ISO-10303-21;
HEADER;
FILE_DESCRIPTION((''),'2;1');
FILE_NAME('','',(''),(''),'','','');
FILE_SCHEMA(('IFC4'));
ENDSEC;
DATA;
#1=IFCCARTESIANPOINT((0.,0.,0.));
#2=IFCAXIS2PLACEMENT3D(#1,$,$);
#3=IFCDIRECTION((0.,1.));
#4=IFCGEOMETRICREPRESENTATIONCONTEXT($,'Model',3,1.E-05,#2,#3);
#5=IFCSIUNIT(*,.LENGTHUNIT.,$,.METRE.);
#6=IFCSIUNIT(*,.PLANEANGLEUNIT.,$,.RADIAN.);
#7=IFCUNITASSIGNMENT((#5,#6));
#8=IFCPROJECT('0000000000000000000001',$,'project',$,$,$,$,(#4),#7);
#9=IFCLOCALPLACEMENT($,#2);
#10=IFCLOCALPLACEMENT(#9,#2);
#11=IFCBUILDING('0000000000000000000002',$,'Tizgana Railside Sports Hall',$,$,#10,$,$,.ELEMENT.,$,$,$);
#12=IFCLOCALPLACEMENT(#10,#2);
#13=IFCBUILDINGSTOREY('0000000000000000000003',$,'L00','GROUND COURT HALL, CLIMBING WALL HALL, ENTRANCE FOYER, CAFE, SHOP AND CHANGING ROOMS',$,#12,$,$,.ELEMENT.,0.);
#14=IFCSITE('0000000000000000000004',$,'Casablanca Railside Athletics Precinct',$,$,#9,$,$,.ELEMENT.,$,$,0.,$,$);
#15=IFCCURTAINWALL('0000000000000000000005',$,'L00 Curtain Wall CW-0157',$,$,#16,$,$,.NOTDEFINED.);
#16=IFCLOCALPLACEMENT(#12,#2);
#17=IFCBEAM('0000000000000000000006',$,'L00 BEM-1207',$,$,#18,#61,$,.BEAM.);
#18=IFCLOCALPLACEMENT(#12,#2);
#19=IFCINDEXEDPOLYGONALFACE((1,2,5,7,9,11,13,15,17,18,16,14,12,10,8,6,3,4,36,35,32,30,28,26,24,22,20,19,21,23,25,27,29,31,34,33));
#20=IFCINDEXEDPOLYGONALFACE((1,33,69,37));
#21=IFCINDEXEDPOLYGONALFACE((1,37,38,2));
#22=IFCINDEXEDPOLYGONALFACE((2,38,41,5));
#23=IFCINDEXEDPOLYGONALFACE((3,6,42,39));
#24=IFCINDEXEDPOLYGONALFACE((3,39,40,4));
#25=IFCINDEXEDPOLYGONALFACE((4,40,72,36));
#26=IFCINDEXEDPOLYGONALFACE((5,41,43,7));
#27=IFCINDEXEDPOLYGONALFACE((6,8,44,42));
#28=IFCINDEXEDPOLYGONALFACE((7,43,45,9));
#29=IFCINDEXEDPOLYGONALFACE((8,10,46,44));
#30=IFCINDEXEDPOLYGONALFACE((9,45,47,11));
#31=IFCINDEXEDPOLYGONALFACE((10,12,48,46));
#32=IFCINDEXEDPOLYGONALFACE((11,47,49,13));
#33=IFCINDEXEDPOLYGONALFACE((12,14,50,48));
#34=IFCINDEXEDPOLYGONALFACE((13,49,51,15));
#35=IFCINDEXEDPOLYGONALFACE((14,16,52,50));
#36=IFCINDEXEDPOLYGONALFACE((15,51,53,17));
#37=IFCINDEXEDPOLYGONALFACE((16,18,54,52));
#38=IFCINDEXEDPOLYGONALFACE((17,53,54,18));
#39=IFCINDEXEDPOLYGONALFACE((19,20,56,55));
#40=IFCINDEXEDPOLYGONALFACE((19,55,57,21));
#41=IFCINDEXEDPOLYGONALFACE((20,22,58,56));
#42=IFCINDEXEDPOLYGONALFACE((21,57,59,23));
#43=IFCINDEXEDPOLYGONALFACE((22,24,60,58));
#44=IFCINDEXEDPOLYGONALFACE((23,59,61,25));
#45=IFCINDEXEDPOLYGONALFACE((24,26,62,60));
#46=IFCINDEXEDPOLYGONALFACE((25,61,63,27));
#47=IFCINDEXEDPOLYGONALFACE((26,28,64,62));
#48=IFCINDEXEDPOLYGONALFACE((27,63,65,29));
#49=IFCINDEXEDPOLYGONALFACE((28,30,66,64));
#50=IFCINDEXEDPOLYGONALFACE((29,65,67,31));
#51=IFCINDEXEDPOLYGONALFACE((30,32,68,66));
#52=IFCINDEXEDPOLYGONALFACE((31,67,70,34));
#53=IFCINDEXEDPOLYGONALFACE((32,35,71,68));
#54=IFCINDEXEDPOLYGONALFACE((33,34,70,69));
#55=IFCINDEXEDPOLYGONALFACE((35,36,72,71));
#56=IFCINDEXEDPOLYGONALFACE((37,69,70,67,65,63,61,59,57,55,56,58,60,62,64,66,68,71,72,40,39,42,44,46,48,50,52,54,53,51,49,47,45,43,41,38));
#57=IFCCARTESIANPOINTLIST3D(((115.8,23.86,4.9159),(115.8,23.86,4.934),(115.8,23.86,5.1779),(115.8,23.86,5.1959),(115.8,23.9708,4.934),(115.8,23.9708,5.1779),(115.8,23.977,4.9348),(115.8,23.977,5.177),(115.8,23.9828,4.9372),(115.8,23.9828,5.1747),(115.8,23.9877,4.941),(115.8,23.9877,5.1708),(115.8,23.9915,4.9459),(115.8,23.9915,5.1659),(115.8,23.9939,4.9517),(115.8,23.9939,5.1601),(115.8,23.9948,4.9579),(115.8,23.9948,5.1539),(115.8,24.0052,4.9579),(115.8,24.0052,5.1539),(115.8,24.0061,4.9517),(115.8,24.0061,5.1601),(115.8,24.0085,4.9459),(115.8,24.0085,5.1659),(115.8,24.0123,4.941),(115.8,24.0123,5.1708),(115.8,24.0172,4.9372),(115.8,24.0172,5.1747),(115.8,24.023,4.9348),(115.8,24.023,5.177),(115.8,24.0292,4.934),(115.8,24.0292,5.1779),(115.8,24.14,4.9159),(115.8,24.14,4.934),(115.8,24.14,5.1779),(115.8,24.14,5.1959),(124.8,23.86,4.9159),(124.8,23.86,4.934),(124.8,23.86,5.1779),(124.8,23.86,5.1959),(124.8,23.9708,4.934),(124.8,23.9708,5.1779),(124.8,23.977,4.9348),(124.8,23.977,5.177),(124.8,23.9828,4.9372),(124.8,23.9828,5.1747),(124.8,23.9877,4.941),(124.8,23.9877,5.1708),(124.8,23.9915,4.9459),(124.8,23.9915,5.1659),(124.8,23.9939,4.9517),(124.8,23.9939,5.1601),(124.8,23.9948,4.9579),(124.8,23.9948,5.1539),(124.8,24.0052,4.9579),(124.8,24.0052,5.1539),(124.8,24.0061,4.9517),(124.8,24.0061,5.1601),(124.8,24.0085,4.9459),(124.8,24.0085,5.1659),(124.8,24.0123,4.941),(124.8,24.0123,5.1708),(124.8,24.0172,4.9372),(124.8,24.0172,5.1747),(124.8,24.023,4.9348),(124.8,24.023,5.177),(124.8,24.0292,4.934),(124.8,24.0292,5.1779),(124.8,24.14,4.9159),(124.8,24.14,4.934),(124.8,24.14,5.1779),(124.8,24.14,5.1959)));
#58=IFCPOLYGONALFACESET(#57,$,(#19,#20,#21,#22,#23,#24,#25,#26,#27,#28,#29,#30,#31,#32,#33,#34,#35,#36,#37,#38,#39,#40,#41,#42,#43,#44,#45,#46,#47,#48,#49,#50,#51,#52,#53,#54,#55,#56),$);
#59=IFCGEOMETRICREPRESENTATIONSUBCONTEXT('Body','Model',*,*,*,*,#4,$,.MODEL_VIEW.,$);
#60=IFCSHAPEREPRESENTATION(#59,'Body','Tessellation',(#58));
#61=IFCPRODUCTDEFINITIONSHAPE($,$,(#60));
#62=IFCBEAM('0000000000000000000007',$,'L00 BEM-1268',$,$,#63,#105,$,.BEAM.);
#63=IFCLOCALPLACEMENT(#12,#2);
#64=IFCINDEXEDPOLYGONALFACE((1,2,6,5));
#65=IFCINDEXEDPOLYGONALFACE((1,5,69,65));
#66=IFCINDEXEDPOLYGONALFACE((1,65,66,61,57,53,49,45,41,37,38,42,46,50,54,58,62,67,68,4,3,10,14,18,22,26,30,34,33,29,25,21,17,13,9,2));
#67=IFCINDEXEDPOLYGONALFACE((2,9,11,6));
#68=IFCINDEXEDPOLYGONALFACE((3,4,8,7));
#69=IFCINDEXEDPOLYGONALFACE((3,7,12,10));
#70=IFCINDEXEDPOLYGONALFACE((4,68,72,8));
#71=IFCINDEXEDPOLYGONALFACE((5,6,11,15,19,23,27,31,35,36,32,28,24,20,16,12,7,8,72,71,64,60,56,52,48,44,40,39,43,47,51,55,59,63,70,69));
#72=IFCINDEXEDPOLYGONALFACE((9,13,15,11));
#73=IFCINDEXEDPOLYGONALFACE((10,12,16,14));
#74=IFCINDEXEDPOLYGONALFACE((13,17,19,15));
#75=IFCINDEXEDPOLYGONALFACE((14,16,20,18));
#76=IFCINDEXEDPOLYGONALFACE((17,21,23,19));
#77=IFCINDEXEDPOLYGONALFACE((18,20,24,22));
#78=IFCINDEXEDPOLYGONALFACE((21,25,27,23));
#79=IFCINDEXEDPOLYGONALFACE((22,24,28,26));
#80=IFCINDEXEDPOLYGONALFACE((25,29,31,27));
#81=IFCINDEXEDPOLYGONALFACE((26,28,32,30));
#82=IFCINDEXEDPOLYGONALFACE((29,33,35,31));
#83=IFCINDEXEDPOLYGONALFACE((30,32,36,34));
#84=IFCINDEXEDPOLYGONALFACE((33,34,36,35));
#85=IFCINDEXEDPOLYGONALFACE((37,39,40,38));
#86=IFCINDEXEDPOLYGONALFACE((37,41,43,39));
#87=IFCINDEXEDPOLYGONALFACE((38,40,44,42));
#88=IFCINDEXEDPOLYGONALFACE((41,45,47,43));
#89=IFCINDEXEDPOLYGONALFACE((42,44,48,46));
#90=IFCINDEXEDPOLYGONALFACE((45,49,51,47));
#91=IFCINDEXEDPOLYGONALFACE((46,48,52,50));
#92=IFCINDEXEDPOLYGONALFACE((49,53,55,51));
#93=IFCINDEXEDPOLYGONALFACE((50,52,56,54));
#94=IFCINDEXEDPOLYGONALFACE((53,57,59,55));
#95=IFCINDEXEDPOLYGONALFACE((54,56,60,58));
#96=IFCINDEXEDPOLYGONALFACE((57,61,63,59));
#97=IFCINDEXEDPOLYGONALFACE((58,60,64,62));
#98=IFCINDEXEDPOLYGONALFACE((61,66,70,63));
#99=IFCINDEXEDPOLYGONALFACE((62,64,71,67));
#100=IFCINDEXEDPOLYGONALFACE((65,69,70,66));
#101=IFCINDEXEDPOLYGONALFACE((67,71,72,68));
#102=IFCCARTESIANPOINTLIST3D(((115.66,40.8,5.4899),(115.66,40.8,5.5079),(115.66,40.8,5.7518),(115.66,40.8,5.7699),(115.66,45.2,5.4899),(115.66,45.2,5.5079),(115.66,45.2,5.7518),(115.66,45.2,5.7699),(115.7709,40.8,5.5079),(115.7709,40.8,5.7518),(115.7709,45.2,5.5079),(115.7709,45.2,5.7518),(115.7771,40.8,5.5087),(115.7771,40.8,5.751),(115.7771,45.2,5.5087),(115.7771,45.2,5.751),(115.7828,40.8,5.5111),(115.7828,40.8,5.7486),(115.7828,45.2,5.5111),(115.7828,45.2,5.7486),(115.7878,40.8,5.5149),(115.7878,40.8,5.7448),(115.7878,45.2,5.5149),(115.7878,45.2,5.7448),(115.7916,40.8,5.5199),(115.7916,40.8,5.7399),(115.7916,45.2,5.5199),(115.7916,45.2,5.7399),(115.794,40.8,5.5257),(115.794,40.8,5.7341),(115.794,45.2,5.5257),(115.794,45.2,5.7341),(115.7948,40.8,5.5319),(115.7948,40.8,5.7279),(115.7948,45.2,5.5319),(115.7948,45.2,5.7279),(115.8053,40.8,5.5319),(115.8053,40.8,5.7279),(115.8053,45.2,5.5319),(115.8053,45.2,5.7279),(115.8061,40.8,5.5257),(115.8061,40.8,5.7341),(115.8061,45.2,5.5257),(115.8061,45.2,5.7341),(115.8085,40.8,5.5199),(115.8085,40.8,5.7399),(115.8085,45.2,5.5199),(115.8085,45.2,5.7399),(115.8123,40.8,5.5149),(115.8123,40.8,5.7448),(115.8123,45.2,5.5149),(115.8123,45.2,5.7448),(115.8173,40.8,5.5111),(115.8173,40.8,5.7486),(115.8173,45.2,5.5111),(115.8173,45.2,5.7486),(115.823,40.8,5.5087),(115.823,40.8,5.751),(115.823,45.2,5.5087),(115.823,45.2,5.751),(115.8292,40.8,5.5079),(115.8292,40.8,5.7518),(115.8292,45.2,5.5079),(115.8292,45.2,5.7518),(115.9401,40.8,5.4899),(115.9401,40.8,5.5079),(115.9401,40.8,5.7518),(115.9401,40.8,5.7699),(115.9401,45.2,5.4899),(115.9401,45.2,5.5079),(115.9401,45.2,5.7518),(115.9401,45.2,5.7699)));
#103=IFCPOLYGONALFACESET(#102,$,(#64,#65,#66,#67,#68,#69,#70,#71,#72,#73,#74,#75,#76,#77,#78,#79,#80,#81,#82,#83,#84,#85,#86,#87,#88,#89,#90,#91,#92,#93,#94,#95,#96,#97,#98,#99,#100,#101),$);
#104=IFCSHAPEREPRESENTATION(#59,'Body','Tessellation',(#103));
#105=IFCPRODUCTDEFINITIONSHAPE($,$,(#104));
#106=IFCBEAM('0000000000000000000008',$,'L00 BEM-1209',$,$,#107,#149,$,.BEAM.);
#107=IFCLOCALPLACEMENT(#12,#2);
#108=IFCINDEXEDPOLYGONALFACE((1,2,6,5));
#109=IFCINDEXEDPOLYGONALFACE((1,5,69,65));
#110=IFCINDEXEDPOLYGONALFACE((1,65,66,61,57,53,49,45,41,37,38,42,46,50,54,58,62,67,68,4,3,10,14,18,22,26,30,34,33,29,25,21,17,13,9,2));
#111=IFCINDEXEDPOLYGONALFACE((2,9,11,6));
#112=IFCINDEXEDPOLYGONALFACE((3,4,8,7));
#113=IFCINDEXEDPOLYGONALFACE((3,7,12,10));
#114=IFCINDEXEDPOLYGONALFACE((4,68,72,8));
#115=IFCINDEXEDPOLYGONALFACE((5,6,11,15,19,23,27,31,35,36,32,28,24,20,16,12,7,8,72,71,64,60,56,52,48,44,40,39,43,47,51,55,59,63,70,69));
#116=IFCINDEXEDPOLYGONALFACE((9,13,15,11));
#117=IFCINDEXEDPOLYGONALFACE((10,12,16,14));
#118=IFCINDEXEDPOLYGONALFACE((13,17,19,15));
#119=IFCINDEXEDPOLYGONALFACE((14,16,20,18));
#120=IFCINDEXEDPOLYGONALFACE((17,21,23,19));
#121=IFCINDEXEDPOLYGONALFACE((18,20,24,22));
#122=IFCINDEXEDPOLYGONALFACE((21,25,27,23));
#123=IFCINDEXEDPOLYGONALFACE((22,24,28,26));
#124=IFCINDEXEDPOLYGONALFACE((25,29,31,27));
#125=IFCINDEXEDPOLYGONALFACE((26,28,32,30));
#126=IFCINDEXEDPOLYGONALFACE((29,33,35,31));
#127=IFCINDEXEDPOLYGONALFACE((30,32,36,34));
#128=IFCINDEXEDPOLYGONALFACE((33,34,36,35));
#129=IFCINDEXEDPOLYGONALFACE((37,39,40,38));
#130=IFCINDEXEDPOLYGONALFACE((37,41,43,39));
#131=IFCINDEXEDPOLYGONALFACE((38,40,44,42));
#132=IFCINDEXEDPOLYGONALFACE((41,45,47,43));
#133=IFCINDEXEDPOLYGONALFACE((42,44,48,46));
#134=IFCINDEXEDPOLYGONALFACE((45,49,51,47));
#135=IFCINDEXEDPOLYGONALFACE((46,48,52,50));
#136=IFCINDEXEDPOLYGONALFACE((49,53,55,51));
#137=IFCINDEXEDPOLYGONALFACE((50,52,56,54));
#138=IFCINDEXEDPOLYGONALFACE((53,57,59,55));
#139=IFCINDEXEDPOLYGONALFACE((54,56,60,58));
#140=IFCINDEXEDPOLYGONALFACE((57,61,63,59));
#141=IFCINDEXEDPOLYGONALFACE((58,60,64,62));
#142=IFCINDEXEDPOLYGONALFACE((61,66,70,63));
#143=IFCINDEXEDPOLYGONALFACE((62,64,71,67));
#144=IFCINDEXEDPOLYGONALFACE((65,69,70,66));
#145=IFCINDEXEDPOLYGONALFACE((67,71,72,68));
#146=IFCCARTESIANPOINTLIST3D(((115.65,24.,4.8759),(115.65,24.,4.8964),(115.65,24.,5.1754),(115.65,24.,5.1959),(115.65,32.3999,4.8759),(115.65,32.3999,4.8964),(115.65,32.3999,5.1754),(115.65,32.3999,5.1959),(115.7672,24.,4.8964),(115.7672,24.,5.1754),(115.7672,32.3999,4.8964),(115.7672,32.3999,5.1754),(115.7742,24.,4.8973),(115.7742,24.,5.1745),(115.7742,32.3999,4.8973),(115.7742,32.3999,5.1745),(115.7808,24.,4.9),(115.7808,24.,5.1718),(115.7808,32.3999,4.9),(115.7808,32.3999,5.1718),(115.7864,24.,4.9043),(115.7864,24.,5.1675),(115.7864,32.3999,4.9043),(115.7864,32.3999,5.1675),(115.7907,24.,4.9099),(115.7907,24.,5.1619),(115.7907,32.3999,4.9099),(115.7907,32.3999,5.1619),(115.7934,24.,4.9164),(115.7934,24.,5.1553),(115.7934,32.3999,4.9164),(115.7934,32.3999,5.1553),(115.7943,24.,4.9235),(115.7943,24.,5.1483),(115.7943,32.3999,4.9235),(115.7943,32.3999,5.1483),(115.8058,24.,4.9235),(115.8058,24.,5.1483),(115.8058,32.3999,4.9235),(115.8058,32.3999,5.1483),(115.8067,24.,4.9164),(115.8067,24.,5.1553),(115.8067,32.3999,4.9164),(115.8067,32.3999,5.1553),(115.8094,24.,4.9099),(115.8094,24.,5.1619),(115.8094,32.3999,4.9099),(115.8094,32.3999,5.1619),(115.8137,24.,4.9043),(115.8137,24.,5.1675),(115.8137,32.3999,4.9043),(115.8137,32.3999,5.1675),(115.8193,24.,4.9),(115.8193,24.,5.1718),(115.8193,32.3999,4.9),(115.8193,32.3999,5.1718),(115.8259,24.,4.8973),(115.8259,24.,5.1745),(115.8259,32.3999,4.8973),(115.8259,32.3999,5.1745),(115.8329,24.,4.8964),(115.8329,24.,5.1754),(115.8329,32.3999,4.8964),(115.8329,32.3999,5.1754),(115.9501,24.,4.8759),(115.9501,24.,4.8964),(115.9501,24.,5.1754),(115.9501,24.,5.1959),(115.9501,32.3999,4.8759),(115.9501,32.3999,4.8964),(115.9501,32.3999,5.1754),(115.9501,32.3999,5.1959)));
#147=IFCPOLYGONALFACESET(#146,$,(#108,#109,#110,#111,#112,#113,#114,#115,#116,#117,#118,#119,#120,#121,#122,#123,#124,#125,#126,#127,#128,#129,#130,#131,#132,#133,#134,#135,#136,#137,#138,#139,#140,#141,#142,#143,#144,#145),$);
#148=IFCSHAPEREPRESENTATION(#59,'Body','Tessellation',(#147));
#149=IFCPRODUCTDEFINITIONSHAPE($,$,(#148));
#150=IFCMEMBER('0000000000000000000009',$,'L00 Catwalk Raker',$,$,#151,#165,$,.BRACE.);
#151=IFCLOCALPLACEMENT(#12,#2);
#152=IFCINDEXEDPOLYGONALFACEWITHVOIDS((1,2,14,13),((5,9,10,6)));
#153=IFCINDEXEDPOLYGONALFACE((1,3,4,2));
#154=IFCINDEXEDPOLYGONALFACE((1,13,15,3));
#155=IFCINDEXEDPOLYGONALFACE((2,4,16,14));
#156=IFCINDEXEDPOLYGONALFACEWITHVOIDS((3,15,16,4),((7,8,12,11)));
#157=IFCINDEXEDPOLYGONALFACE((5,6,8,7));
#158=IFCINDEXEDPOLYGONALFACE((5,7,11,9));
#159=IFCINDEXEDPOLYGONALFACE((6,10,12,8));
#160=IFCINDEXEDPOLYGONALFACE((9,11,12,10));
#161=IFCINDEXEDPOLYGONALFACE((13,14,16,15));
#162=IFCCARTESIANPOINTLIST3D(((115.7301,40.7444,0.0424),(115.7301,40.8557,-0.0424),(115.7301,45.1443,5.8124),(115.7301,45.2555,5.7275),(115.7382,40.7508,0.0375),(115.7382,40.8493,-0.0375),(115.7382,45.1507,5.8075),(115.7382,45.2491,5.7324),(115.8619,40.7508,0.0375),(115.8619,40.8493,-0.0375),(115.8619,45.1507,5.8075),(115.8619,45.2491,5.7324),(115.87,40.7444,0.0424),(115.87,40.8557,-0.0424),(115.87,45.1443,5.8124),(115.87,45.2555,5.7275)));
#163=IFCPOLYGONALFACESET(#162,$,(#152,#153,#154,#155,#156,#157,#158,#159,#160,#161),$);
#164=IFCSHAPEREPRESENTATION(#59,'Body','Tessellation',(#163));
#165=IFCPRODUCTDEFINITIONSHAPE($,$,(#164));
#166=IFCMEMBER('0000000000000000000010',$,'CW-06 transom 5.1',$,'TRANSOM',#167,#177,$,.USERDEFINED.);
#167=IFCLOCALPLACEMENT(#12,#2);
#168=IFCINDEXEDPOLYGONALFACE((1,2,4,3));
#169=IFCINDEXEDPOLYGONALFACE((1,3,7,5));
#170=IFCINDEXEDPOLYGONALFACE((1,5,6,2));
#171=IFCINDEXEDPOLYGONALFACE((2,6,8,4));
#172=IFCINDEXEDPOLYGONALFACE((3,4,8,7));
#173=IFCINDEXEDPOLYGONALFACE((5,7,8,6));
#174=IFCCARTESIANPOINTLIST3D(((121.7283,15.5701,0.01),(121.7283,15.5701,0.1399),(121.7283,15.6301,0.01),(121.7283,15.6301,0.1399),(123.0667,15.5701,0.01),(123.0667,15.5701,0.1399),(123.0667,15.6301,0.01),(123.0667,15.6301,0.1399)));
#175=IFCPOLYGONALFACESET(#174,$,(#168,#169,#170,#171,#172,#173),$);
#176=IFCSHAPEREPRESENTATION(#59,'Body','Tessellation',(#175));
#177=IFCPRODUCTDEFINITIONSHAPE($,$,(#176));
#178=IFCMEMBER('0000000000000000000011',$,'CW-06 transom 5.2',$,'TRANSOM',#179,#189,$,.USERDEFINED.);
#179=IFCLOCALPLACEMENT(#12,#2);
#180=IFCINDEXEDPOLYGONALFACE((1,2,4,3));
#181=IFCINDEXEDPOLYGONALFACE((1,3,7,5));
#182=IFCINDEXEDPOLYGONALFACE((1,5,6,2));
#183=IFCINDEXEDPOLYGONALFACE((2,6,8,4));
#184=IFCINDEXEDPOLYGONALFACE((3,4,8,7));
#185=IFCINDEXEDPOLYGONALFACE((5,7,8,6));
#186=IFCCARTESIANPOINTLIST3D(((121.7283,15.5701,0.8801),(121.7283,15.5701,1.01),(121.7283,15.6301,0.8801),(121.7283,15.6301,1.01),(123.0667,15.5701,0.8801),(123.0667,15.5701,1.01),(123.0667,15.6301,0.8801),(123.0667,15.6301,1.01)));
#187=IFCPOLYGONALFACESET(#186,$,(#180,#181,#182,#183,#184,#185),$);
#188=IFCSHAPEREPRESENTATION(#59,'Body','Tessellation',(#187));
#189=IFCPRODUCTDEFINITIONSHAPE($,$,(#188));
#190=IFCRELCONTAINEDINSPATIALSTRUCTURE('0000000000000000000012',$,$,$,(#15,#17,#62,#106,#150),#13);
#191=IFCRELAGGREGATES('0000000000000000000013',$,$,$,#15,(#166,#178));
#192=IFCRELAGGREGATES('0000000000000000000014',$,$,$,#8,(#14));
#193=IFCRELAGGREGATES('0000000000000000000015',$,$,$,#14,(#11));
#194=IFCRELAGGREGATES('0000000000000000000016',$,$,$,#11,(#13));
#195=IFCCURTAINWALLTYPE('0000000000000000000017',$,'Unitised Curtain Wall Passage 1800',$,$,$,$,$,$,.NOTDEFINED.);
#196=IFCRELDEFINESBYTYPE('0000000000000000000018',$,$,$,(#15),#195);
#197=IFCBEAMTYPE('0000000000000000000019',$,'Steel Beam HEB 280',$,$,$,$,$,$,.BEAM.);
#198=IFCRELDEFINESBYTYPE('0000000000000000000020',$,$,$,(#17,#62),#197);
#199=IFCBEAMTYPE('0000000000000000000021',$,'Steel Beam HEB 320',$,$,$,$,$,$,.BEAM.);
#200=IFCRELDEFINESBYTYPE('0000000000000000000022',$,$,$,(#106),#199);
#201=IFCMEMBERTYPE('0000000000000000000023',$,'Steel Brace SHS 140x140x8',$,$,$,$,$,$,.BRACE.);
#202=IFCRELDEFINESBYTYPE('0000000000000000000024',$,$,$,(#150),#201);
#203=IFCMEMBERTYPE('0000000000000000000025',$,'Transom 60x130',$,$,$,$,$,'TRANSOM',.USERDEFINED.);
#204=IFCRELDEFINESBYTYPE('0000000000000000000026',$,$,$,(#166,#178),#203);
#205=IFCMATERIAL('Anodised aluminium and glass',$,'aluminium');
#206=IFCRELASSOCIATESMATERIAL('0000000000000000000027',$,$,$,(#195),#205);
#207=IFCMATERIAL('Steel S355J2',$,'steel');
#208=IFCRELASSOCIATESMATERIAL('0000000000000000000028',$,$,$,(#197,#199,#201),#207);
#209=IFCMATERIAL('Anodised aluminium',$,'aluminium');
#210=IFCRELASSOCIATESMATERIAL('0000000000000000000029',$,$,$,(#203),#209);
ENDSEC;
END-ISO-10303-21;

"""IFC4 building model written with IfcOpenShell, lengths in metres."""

from ifc_helpers import new_model, si_unit, direction, frame, origin, origin_2d, place, context, subcontext, project, spatial, rectangle, hollow_rectangle, i_section, extrude, material, material_profile, profile_set, type_object, element, aggregate, save


model = new_model("IFC4")

# Units and contexts
model_context = context("Model", 3, precision=1e-05, world=origin(), true_north=direction((0.0, 1.0)))
body_context = subcontext(model_context, "Body", "Model", "MODEL_VIEW")
ifc_project = project(units=[si_unit("LENGTHUNIT", "METRE"), si_unit("PLANEANGLEUNIT", "RADIAN")], contexts=[model_context])

# Site, building, storey
site_placement = place(None, origin())
site = spatial("IfcSite", under=ifc_project, at=site_placement, Name="Casablanca Railside Athletics Precinct", CompositionType="ELEMENT", RefElevation=0.0)
building_placement = place(site_placement, origin())
building = spatial("IfcBuilding", under=site, at=building_placement, Name="Tizgana Railside Sports Hall", CompositionType="ELEMENT")
storey_placement = place(building_placement, origin())
storey = spatial("IfcBuildingStorey", under=building, at=storey_placement, Name="L00", Description="GROUND COURT HALL, CLIMBING WALL HALL, ENTRANCE FOYER, CAFE, SHOP AND CHANGING ROOMS", CompositionType="ELEMENT", Elevation=0.0)

# Shared definitions
ifc_material_1 = material(Name="Steel S355J2", Category="steel")

# Curtain wall
ifc_material_2 = material(Name="Anodised aluminium and glass", Category="aluminium")
ifc_material_3 = material(Name="Anodised aluminium", Category="aluminium")
curtain_wall_type_1 = type_object("IfcCurtainWallType", Name="Unitised Curtain Wall Passage 1800", PredefinedType="NOTDEFINED", material=ifc_material_2)
curtain_wall_1_placement = place(storey_placement, origin())
curtain_wall_1 = element("IfcCurtainWall", 1, at=curtain_wall_1_placement, inside=storey, type_object=curtain_wall_type_1, Name="L00 Curtain Wall CW-0157", PredefinedType="NOTDEFINED")

# Beams
ifc_material_profile_1 = material_profile(ifc_material_1, i_section(OverallWidth=0.28, OverallDepth=0.28, WebThickness=0.0105, FlangeThickness=0.0181, FilletRadius=0.0239, at=origin_2d()), Name="HEB 280")
ifc_profile_set_1 = profile_set([ifc_material_profile_1], Name="Steel S355J2")
beam_type_1 = type_object("IfcBeamType", Name="Steel Beam HEB 280", PredefinedType="BEAM", material=ifc_profile_set_1)
beam_1_placement = place(storey_placement, frame((115.8, 24.0, 5.0559), z_axis=(1.0, 0.0, 0.0), x_axis=(0.0, 1.0, 0.0)))
element("IfcBeam", 2, at=beam_1_placement, inside=storey, type_object=beam_type_1, Name="L00 BEM-1207", PredefinedType="BEAM", context=body_context, shape_type="SweptSolid", body=[
    extrude(i_section(OverallWidth=0.28, OverallDepth=0.28, WebThickness=0.0105, FlangeThickness=0.0181, FilletRadius=0.0239, at=origin_2d()), origin(), (0.0, 0.0, 1.0), 9.0),
])
beam_2_placement = place(storey_placement, frame((115.8, 40.8, 5.6299), z_axis=(0.0, 1.0, 0.0), x_axis=(-1.0, 0.0, 0.0)))
element("IfcBeam", 3, at=beam_2_placement, inside=storey, type_object=beam_type_1, Name="L00 BEM-1268", PredefinedType="BEAM", context=body_context, shape_type="SweptSolid", body=[
    extrude(i_section(OverallWidth=0.28, OverallDepth=0.28, WebThickness=0.0105, FlangeThickness=0.0181, FilletRadius=0.0239, at=origin_2d()), origin(), (0.0, 0.0, 1.0), 4.3999),
])
ifc_material_profile_2 = material_profile(ifc_material_1, i_section(OverallWidth=0.3, OverallDepth=0.3201, WebThickness=0.0115, FlangeThickness=0.0205, FilletRadius=0.0271, at=origin_2d()), Name="HEB 320")
ifc_profile_set_2 = profile_set([ifc_material_profile_2], Name="Steel S355J2")
beam_type_2 = type_object("IfcBeamType", Name="Steel Beam HEB 320", PredefinedType="BEAM", material=ifc_profile_set_2)
beam_3_placement = place(storey_placement, frame((115.8, 24.0, 5.0359), z_axis=(0.0, 1.0, 0.0), x_axis=(-1.0, 0.0, 0.0)))
element("IfcBeam", 4, at=beam_3_placement, inside=storey, type_object=beam_type_2, Name="L00 BEM-1209", PredefinedType="BEAM", context=body_context, shape_type="SweptSolid", body=[
    extrude(i_section(OverallWidth=0.3, OverallDepth=0.3201, WebThickness=0.0115, FlangeThickness=0.0205, FilletRadius=0.0271, at=origin_2d()), origin(), (0.0, 0.0, 1.0), 8.3999),
])

# Members
ifc_material_profile_3 = material_profile(ifc_material_1, hollow_rectangle(XDim=0.1399, YDim=0.1399, WallThickness=0.0081, at=origin_2d()), Name="SHS 140x140x8")
ifc_profile_set_3 = profile_set([ifc_material_profile_3], Name="Steel S355J2")
member_type_1 = type_object("IfcMemberType", Name="Steel Brace SHS 140x140x8", PredefinedType="BRACE", material=ifc_profile_set_3)
member_1_placement = place(storey_placement, frame((115.8, 40.8, 0.0), z_axis=(0.0, 0.606366, 0.795186), x_axis=(-1.0, 0.0, 0.0)))
element("IfcMember", 5, at=member_1_placement, inside=storey, type_object=member_type_1, Name="L00 Catwalk Raker", PredefinedType="BRACE", context=body_context, shape_type="SweptSolid", body=[
    extrude(hollow_rectangle(XDim=0.1399, YDim=0.1399, WallThickness=0.0081, at=origin_2d()), origin(), (0.0, 0.0, 1.0), 7.2561),
])
ifc_material_profile_4 = material_profile(ifc_material_3, rectangle(XDim=0.0601, YDim=0.1299, at=origin_2d()), Name="Transom 60x130")
ifc_profile_set_4 = profile_set([ifc_material_profile_4], Name="Anodised aluminium")
member_type_2 = type_object("IfcMemberType", Name="Transom 60x130", ElementType="TRANSOM", PredefinedType="USERDEFINED", material=ifc_profile_set_4)
member_2_placement = place(storey_placement, frame((121.7283, 15.6001, 0.075), z_axis=(1.0, 0.0, 0.0), x_axis=(0.0, 1.0, 0.0)))
member_2 = element("IfcMember", 6, at=member_2_placement, type_object=member_type_2, Name="CW-06 transom 5.1", ObjectType="TRANSOM", PredefinedType="USERDEFINED", context=body_context, shape_type="SweptSolid", body=[
    extrude(rectangle(XDim=0.0601, YDim=0.1299, at=origin_2d()), origin(), (0.0, 0.0, 1.0), 1.3384),
])
member_3_placement = place(storey_placement, frame((121.7283, 15.6001, 0.9451), z_axis=(1.0, 0.0, 0.0), x_axis=(0.0, 1.0, 0.0)))
member_3 = element("IfcMember", 7, at=member_3_placement, type_object=member_type_2, Name="CW-06 transom 5.2", ObjectType="TRANSOM", PredefinedType="USERDEFINED", context=body_context, shape_type="SweptSolid", body=[
    extrude(rectangle(XDim=0.0601, YDim=0.1299, at=origin_2d()), origin(), (0.0, 0.0, 1.0), 1.3384),
])

aggregate(curtain_wall_1, [member_2, member_3])

save(model, "model.ifc")
